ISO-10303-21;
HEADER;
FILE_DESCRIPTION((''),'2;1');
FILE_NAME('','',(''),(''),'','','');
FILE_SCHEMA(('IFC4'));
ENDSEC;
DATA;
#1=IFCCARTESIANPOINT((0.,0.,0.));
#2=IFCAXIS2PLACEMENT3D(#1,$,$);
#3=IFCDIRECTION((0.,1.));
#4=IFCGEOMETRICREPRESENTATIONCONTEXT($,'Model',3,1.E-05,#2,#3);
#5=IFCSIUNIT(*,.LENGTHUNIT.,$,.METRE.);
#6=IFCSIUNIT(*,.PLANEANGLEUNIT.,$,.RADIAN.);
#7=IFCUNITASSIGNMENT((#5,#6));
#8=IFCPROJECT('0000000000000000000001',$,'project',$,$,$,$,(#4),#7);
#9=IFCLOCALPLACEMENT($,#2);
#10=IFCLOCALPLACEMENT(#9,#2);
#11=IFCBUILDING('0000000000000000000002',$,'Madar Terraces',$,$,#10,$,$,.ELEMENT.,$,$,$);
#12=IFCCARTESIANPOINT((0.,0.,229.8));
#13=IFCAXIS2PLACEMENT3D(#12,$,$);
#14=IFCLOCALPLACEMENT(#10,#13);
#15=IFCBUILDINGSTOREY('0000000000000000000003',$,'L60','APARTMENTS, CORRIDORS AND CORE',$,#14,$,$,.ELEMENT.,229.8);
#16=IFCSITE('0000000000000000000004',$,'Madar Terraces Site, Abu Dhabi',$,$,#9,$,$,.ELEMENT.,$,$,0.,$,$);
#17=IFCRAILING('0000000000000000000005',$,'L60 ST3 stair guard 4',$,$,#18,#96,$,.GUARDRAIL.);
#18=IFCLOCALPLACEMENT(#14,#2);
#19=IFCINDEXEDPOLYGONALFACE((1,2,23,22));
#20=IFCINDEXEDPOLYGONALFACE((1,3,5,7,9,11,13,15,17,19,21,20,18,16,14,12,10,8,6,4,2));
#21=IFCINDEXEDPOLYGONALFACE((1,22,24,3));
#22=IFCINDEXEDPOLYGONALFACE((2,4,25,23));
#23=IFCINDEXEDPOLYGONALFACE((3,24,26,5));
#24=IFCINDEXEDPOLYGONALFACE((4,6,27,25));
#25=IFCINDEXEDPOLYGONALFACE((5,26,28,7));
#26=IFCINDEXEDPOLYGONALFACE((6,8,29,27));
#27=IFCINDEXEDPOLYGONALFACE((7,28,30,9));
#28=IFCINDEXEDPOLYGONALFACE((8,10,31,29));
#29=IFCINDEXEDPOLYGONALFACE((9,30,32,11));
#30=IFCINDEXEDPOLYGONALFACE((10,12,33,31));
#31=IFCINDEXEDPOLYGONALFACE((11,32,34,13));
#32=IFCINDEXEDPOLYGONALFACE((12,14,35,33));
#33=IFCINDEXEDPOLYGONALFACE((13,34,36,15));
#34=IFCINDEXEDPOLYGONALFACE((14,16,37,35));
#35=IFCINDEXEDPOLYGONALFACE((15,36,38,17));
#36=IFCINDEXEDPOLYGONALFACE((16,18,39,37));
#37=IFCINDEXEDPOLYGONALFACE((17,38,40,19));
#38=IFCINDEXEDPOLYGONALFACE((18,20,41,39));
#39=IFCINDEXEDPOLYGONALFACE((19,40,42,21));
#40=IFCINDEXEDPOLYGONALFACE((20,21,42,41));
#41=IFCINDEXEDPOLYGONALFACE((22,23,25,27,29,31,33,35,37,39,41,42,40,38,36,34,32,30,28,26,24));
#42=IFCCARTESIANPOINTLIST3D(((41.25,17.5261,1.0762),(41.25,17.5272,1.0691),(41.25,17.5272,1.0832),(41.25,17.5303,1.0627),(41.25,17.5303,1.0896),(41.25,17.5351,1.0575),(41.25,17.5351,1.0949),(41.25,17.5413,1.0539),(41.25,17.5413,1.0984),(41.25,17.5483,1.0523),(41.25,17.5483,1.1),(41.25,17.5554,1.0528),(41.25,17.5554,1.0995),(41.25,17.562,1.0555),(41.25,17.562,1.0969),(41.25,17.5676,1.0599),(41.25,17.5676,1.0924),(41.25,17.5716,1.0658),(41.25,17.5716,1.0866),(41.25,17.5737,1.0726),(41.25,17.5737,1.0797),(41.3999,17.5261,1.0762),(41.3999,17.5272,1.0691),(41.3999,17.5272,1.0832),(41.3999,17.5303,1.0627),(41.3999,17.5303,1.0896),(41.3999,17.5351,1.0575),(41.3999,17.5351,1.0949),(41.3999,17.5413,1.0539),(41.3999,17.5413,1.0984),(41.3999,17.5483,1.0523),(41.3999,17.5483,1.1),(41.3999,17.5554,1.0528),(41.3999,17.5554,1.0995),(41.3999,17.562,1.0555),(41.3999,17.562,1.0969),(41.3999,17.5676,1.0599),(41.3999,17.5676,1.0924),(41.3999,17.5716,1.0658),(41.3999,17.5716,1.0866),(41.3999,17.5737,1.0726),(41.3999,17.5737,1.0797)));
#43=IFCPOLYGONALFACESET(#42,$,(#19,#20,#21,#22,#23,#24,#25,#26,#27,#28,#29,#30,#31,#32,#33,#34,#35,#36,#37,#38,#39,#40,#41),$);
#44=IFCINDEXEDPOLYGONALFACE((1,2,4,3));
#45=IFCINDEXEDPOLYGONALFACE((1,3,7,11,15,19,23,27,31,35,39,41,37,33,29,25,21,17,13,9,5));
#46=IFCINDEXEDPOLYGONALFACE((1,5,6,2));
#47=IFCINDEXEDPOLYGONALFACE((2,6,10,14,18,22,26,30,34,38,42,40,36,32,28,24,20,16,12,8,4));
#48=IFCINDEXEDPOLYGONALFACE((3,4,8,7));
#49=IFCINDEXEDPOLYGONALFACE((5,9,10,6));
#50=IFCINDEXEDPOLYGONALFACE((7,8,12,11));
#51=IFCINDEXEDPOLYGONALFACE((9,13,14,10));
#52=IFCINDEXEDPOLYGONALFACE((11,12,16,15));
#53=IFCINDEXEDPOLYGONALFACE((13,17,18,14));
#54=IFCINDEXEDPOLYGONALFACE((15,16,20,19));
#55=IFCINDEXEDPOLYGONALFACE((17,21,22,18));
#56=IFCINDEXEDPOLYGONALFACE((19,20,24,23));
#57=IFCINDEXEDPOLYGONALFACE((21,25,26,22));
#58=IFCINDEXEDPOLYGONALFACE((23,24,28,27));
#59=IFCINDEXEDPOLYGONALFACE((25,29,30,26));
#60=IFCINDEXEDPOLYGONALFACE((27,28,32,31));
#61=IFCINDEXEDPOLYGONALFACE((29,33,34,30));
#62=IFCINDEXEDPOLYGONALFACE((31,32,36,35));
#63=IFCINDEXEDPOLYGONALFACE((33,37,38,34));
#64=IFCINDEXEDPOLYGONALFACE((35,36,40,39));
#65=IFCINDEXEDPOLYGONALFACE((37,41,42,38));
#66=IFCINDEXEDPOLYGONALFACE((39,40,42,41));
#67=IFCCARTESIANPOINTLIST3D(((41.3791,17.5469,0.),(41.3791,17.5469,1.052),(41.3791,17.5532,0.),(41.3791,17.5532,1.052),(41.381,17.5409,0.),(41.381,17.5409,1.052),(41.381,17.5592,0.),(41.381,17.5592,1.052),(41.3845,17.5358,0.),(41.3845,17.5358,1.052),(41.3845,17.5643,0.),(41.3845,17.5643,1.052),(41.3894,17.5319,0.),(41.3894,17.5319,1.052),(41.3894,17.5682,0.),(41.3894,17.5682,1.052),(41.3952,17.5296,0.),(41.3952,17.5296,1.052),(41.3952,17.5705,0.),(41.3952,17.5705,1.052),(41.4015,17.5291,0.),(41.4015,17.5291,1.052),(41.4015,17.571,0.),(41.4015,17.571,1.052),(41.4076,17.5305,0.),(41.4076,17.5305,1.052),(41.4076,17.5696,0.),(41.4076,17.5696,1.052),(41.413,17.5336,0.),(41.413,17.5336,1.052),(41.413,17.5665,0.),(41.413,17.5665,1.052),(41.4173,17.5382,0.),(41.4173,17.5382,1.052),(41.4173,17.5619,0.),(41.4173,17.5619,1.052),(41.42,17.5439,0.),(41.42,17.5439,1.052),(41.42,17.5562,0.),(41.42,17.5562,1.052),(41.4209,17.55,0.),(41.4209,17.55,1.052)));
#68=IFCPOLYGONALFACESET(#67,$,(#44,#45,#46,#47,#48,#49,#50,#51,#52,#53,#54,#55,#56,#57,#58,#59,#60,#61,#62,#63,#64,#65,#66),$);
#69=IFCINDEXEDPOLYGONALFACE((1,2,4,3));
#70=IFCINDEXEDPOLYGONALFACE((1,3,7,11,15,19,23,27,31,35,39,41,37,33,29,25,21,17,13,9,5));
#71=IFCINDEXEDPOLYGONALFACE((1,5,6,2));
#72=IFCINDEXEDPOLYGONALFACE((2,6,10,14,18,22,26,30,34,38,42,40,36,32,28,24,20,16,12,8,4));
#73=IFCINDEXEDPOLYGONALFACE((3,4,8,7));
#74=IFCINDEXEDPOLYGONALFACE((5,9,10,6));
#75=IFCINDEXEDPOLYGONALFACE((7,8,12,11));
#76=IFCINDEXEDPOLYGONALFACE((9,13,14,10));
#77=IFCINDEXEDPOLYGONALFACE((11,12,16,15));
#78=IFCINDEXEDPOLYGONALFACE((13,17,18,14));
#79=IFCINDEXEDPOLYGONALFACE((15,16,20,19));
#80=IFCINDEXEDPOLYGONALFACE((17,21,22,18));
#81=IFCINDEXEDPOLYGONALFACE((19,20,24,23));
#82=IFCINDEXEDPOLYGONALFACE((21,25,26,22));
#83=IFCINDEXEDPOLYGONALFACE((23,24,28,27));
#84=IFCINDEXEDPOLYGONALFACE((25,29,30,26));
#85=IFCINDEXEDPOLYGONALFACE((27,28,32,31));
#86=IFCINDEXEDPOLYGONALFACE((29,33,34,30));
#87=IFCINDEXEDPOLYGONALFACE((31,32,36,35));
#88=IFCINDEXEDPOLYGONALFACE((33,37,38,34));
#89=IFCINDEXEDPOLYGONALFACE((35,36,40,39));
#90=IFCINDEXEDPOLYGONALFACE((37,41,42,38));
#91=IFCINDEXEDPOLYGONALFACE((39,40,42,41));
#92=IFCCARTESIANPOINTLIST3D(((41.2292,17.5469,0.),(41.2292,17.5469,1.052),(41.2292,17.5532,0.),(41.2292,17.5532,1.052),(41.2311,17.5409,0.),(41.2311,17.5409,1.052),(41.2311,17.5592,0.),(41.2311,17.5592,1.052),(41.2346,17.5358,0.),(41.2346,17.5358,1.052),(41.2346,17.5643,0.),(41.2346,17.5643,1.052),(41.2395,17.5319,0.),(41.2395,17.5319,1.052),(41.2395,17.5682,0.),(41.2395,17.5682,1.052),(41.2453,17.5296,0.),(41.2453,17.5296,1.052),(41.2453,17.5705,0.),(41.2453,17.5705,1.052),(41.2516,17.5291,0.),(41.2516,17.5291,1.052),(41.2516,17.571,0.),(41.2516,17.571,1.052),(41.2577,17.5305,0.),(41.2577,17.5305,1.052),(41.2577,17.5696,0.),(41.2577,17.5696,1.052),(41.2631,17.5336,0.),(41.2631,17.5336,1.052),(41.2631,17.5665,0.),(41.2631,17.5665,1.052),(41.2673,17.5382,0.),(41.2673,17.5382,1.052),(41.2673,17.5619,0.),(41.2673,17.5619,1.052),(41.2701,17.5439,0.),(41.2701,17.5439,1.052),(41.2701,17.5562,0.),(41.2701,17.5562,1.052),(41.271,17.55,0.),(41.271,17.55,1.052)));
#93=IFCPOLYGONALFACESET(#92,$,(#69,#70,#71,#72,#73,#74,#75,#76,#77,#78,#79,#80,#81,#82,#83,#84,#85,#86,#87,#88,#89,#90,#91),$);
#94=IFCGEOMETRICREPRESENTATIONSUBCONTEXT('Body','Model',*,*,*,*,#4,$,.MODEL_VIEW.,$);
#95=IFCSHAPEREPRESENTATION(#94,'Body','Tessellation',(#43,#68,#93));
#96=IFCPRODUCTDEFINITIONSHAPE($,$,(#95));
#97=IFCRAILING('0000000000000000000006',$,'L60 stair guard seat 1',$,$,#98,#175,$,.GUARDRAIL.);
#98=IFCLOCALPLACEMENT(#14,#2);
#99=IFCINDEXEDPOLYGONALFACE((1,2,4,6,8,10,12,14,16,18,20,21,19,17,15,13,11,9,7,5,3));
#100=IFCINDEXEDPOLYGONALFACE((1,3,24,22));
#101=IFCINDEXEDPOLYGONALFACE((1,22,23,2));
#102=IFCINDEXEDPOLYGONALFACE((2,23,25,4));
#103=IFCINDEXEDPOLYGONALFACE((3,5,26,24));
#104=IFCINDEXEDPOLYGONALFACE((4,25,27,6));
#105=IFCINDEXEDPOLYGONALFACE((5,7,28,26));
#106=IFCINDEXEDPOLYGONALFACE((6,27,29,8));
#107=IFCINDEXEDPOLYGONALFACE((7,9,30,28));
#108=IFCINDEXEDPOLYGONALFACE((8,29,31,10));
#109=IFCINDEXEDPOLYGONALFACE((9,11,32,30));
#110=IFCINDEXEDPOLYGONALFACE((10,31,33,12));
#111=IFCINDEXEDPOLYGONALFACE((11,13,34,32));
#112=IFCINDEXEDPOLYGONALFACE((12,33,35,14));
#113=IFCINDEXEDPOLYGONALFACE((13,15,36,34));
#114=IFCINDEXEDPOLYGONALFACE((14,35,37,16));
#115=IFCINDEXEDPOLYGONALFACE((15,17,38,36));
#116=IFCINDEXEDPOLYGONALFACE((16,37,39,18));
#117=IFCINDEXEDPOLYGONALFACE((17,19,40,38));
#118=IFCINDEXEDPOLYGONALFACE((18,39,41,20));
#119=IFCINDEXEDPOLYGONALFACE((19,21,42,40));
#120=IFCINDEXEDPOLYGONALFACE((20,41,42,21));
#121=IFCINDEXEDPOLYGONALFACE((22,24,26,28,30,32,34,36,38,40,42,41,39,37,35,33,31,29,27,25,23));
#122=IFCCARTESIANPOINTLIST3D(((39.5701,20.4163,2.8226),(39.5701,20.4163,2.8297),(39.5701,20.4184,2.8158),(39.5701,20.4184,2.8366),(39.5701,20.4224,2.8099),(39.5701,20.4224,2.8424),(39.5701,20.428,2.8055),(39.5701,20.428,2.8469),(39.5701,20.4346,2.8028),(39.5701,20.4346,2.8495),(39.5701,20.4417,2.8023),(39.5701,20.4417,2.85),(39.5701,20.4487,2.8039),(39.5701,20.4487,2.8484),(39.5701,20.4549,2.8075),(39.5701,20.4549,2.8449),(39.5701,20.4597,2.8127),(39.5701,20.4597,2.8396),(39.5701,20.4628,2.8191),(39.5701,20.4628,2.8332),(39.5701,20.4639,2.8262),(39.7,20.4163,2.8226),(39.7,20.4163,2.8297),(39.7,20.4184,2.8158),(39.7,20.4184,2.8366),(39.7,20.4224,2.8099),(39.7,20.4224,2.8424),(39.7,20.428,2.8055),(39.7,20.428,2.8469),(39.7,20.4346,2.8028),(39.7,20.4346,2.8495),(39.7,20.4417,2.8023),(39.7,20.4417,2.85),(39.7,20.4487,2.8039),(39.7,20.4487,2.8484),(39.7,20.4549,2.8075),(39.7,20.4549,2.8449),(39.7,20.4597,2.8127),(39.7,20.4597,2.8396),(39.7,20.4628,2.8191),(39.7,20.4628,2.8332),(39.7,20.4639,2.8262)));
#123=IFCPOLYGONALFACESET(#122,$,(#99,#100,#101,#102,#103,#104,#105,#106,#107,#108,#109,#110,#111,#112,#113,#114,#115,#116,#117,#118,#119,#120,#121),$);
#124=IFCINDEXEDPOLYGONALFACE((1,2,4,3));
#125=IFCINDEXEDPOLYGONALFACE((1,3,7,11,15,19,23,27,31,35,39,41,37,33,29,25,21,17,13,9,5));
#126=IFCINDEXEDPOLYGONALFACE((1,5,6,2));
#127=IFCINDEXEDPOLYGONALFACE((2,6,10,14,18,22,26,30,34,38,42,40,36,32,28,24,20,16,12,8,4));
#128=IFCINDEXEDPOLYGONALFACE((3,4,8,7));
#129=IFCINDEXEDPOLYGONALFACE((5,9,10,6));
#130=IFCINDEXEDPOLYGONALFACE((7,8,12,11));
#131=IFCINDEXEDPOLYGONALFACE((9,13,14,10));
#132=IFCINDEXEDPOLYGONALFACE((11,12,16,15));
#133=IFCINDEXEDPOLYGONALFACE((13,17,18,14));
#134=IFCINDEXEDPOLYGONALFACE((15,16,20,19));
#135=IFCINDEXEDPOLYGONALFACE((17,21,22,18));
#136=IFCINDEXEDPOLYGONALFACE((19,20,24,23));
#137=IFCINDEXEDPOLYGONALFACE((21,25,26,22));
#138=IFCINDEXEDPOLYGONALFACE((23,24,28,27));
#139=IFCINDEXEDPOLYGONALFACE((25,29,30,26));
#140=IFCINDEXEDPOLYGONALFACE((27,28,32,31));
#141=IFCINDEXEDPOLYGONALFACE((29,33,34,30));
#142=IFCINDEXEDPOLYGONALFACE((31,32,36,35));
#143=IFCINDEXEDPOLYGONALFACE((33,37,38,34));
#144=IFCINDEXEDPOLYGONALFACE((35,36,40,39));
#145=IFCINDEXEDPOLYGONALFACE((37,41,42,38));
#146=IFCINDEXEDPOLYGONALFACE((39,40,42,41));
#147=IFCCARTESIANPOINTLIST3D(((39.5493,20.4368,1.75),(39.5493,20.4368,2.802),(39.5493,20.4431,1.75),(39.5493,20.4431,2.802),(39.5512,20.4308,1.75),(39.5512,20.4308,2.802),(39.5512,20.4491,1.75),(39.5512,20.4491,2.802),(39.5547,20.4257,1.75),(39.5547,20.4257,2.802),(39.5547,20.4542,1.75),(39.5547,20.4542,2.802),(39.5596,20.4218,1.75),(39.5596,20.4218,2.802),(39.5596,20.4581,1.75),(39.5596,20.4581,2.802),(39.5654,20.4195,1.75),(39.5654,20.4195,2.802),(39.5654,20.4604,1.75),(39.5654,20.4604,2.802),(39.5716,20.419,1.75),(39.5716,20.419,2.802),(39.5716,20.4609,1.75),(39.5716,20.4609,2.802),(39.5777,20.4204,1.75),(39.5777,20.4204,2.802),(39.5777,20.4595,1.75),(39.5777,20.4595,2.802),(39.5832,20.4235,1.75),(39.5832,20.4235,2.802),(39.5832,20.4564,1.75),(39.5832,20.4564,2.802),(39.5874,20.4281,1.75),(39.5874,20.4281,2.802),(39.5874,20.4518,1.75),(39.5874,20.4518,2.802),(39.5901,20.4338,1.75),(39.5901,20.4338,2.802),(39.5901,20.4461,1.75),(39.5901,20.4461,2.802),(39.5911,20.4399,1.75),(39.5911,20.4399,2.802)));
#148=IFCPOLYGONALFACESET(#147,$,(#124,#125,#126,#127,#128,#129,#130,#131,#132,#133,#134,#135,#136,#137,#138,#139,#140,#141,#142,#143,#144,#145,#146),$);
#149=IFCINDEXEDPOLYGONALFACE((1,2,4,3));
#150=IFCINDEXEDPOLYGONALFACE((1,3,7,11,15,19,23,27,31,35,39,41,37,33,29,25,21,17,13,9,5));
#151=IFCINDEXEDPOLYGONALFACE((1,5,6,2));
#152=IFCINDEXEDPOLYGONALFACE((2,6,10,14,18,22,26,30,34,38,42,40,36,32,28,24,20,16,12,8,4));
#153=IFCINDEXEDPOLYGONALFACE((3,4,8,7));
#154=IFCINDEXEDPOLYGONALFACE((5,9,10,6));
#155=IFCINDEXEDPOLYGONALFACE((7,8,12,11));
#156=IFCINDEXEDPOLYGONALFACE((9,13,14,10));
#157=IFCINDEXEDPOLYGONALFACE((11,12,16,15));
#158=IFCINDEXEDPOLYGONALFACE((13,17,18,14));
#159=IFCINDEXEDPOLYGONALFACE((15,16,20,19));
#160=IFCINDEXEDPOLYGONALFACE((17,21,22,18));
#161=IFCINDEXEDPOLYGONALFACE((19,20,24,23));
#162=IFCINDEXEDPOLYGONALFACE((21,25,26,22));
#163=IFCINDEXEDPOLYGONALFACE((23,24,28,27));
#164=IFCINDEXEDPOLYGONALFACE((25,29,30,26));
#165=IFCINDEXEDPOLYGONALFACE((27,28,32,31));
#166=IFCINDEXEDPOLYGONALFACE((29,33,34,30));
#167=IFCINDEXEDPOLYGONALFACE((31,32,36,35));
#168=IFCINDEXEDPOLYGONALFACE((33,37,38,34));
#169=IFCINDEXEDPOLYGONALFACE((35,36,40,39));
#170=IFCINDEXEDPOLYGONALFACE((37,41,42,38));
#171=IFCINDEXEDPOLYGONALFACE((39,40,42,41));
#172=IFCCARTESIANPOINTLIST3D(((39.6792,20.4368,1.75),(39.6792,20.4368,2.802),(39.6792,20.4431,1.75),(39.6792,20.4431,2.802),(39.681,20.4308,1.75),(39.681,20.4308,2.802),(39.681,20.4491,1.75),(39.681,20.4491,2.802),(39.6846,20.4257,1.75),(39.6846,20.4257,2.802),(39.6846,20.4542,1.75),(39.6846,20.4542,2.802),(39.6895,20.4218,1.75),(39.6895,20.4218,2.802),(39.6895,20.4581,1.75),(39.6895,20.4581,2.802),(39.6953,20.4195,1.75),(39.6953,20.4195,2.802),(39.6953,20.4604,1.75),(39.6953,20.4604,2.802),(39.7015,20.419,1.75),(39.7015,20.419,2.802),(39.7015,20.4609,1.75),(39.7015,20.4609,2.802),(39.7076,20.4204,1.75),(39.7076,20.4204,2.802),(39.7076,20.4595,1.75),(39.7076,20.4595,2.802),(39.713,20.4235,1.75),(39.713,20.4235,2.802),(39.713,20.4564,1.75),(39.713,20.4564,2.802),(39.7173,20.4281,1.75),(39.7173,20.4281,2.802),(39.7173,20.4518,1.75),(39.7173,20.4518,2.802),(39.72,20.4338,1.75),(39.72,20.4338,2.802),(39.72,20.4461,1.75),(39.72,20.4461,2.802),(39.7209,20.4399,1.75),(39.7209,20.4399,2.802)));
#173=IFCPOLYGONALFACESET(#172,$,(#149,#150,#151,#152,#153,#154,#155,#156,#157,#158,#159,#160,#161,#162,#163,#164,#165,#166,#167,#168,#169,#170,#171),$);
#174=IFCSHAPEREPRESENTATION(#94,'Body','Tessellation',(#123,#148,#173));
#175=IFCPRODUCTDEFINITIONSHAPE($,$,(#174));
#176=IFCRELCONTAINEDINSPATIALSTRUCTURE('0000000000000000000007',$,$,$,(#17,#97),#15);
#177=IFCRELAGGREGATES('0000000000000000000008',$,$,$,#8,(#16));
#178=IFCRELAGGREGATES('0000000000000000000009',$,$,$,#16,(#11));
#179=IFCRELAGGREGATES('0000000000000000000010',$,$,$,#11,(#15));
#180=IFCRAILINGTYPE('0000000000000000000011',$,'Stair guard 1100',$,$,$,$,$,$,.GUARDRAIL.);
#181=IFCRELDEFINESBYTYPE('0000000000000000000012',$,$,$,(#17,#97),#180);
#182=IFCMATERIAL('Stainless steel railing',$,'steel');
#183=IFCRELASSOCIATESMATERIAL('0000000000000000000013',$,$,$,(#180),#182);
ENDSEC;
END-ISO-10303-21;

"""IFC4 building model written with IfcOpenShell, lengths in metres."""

from ifc_helpers import new_model, si_unit, direction, frame, origin, origin_2d, place, context, subcontext, project, spatial, circle, extrude, material, type_object, element, save


model = new_model("IFC4")

# Units and contexts
model_context = context("Model", 3, precision=1e-05, world=origin(), true_north=direction((0.0, 1.0)))
body_context = subcontext(model_context, "Body", "Model", "MODEL_VIEW")
ifc_project = project(units=[si_unit("LENGTHUNIT", "METRE"), si_unit("PLANEANGLEUNIT", "RADIAN")], contexts=[model_context])

# Site, building, storey
site_placement = place(None, origin())
site = spatial("IfcSite", under=ifc_project, at=site_placement, Name="Madar Terraces Site, Abu Dhabi", CompositionType="ELEMENT", RefElevation=0.0)
building_placement = place(site_placement, origin())
building = spatial("IfcBuilding", under=site, at=building_placement, Name="Madar Terraces", CompositionType="ELEMENT")
storey_placement = place(building_placement, frame((0.0, 0.0, 229.8)))
storey = spatial("IfcBuildingStorey", under=building, at=storey_placement, Name="L60", Description="APARTMENTS, CORRIDORS AND CORE", CompositionType="ELEMENT", Elevation=229.8)

# Railings
ifc_material_1 = material(Name="Stainless steel railing", Category="steel")
railing_type_1 = type_object("IfcRailingType", Name="Stair guard 1100", PredefinedType="GUARDRAIL", material=ifc_material_1)
railing_1_placement = place(storey_placement, frame((41.3999, 17.55, 0.0)))
element("IfcRailing", 1, at=railing_1_placement, inside=storey, type_object=railing_type_1, Name="L60 ST3 stair guard 4", PredefinedType="GUARDRAIL", context=body_context, shape_type="SweptSolid", body=[
    extrude(circle(Radius=0.0239, at=origin_2d()), frame((0.0, 0.0, 1.0762), z_axis=(-1.0, 0.0, 0.0), x_axis=(0.0, -1.0, 0.0)), (0.0, 0.0, 1.0), 0.1499),
    extrude(circle(Radius=0.021, at=origin_2d()), origin(), (0.0, 0.0, 1.0), 1.052),
    extrude(circle(Radius=0.021, at=origin_2d()), frame((-0.1499, 0.0, 0.0)), (0.0, 0.0, 1.0), 1.052),
])
railing_2_placement = place(storey_placement, frame((39.5701, 20.4399, 1.75)))
element("IfcRailing", 2, at=railing_2_placement, inside=storey, type_object=railing_type_1, Name="L60 stair guard seat 1", PredefinedType="GUARDRAIL", context=body_context, shape_type="SweptSolid", body=[
    extrude(circle(Radius=0.0239, at=origin_2d()), frame((0.0, 0.0, 1.0762), z_axis=(1.0, 0.0, 0.0), x_axis=(0.0, 1.0, 0.0)), (0.0, 0.0, 1.0), 0.1299),
    extrude(circle(Radius=0.021, at=origin_2d()), origin(), (0.0, 0.0, 1.0), 1.052),
    extrude(circle(Radius=0.021, at=origin_2d()), frame((0.1299, 0.0, 0.0)), (0.0, 0.0, 1.0), 1.052),
])

save(model, "model.ifc")
